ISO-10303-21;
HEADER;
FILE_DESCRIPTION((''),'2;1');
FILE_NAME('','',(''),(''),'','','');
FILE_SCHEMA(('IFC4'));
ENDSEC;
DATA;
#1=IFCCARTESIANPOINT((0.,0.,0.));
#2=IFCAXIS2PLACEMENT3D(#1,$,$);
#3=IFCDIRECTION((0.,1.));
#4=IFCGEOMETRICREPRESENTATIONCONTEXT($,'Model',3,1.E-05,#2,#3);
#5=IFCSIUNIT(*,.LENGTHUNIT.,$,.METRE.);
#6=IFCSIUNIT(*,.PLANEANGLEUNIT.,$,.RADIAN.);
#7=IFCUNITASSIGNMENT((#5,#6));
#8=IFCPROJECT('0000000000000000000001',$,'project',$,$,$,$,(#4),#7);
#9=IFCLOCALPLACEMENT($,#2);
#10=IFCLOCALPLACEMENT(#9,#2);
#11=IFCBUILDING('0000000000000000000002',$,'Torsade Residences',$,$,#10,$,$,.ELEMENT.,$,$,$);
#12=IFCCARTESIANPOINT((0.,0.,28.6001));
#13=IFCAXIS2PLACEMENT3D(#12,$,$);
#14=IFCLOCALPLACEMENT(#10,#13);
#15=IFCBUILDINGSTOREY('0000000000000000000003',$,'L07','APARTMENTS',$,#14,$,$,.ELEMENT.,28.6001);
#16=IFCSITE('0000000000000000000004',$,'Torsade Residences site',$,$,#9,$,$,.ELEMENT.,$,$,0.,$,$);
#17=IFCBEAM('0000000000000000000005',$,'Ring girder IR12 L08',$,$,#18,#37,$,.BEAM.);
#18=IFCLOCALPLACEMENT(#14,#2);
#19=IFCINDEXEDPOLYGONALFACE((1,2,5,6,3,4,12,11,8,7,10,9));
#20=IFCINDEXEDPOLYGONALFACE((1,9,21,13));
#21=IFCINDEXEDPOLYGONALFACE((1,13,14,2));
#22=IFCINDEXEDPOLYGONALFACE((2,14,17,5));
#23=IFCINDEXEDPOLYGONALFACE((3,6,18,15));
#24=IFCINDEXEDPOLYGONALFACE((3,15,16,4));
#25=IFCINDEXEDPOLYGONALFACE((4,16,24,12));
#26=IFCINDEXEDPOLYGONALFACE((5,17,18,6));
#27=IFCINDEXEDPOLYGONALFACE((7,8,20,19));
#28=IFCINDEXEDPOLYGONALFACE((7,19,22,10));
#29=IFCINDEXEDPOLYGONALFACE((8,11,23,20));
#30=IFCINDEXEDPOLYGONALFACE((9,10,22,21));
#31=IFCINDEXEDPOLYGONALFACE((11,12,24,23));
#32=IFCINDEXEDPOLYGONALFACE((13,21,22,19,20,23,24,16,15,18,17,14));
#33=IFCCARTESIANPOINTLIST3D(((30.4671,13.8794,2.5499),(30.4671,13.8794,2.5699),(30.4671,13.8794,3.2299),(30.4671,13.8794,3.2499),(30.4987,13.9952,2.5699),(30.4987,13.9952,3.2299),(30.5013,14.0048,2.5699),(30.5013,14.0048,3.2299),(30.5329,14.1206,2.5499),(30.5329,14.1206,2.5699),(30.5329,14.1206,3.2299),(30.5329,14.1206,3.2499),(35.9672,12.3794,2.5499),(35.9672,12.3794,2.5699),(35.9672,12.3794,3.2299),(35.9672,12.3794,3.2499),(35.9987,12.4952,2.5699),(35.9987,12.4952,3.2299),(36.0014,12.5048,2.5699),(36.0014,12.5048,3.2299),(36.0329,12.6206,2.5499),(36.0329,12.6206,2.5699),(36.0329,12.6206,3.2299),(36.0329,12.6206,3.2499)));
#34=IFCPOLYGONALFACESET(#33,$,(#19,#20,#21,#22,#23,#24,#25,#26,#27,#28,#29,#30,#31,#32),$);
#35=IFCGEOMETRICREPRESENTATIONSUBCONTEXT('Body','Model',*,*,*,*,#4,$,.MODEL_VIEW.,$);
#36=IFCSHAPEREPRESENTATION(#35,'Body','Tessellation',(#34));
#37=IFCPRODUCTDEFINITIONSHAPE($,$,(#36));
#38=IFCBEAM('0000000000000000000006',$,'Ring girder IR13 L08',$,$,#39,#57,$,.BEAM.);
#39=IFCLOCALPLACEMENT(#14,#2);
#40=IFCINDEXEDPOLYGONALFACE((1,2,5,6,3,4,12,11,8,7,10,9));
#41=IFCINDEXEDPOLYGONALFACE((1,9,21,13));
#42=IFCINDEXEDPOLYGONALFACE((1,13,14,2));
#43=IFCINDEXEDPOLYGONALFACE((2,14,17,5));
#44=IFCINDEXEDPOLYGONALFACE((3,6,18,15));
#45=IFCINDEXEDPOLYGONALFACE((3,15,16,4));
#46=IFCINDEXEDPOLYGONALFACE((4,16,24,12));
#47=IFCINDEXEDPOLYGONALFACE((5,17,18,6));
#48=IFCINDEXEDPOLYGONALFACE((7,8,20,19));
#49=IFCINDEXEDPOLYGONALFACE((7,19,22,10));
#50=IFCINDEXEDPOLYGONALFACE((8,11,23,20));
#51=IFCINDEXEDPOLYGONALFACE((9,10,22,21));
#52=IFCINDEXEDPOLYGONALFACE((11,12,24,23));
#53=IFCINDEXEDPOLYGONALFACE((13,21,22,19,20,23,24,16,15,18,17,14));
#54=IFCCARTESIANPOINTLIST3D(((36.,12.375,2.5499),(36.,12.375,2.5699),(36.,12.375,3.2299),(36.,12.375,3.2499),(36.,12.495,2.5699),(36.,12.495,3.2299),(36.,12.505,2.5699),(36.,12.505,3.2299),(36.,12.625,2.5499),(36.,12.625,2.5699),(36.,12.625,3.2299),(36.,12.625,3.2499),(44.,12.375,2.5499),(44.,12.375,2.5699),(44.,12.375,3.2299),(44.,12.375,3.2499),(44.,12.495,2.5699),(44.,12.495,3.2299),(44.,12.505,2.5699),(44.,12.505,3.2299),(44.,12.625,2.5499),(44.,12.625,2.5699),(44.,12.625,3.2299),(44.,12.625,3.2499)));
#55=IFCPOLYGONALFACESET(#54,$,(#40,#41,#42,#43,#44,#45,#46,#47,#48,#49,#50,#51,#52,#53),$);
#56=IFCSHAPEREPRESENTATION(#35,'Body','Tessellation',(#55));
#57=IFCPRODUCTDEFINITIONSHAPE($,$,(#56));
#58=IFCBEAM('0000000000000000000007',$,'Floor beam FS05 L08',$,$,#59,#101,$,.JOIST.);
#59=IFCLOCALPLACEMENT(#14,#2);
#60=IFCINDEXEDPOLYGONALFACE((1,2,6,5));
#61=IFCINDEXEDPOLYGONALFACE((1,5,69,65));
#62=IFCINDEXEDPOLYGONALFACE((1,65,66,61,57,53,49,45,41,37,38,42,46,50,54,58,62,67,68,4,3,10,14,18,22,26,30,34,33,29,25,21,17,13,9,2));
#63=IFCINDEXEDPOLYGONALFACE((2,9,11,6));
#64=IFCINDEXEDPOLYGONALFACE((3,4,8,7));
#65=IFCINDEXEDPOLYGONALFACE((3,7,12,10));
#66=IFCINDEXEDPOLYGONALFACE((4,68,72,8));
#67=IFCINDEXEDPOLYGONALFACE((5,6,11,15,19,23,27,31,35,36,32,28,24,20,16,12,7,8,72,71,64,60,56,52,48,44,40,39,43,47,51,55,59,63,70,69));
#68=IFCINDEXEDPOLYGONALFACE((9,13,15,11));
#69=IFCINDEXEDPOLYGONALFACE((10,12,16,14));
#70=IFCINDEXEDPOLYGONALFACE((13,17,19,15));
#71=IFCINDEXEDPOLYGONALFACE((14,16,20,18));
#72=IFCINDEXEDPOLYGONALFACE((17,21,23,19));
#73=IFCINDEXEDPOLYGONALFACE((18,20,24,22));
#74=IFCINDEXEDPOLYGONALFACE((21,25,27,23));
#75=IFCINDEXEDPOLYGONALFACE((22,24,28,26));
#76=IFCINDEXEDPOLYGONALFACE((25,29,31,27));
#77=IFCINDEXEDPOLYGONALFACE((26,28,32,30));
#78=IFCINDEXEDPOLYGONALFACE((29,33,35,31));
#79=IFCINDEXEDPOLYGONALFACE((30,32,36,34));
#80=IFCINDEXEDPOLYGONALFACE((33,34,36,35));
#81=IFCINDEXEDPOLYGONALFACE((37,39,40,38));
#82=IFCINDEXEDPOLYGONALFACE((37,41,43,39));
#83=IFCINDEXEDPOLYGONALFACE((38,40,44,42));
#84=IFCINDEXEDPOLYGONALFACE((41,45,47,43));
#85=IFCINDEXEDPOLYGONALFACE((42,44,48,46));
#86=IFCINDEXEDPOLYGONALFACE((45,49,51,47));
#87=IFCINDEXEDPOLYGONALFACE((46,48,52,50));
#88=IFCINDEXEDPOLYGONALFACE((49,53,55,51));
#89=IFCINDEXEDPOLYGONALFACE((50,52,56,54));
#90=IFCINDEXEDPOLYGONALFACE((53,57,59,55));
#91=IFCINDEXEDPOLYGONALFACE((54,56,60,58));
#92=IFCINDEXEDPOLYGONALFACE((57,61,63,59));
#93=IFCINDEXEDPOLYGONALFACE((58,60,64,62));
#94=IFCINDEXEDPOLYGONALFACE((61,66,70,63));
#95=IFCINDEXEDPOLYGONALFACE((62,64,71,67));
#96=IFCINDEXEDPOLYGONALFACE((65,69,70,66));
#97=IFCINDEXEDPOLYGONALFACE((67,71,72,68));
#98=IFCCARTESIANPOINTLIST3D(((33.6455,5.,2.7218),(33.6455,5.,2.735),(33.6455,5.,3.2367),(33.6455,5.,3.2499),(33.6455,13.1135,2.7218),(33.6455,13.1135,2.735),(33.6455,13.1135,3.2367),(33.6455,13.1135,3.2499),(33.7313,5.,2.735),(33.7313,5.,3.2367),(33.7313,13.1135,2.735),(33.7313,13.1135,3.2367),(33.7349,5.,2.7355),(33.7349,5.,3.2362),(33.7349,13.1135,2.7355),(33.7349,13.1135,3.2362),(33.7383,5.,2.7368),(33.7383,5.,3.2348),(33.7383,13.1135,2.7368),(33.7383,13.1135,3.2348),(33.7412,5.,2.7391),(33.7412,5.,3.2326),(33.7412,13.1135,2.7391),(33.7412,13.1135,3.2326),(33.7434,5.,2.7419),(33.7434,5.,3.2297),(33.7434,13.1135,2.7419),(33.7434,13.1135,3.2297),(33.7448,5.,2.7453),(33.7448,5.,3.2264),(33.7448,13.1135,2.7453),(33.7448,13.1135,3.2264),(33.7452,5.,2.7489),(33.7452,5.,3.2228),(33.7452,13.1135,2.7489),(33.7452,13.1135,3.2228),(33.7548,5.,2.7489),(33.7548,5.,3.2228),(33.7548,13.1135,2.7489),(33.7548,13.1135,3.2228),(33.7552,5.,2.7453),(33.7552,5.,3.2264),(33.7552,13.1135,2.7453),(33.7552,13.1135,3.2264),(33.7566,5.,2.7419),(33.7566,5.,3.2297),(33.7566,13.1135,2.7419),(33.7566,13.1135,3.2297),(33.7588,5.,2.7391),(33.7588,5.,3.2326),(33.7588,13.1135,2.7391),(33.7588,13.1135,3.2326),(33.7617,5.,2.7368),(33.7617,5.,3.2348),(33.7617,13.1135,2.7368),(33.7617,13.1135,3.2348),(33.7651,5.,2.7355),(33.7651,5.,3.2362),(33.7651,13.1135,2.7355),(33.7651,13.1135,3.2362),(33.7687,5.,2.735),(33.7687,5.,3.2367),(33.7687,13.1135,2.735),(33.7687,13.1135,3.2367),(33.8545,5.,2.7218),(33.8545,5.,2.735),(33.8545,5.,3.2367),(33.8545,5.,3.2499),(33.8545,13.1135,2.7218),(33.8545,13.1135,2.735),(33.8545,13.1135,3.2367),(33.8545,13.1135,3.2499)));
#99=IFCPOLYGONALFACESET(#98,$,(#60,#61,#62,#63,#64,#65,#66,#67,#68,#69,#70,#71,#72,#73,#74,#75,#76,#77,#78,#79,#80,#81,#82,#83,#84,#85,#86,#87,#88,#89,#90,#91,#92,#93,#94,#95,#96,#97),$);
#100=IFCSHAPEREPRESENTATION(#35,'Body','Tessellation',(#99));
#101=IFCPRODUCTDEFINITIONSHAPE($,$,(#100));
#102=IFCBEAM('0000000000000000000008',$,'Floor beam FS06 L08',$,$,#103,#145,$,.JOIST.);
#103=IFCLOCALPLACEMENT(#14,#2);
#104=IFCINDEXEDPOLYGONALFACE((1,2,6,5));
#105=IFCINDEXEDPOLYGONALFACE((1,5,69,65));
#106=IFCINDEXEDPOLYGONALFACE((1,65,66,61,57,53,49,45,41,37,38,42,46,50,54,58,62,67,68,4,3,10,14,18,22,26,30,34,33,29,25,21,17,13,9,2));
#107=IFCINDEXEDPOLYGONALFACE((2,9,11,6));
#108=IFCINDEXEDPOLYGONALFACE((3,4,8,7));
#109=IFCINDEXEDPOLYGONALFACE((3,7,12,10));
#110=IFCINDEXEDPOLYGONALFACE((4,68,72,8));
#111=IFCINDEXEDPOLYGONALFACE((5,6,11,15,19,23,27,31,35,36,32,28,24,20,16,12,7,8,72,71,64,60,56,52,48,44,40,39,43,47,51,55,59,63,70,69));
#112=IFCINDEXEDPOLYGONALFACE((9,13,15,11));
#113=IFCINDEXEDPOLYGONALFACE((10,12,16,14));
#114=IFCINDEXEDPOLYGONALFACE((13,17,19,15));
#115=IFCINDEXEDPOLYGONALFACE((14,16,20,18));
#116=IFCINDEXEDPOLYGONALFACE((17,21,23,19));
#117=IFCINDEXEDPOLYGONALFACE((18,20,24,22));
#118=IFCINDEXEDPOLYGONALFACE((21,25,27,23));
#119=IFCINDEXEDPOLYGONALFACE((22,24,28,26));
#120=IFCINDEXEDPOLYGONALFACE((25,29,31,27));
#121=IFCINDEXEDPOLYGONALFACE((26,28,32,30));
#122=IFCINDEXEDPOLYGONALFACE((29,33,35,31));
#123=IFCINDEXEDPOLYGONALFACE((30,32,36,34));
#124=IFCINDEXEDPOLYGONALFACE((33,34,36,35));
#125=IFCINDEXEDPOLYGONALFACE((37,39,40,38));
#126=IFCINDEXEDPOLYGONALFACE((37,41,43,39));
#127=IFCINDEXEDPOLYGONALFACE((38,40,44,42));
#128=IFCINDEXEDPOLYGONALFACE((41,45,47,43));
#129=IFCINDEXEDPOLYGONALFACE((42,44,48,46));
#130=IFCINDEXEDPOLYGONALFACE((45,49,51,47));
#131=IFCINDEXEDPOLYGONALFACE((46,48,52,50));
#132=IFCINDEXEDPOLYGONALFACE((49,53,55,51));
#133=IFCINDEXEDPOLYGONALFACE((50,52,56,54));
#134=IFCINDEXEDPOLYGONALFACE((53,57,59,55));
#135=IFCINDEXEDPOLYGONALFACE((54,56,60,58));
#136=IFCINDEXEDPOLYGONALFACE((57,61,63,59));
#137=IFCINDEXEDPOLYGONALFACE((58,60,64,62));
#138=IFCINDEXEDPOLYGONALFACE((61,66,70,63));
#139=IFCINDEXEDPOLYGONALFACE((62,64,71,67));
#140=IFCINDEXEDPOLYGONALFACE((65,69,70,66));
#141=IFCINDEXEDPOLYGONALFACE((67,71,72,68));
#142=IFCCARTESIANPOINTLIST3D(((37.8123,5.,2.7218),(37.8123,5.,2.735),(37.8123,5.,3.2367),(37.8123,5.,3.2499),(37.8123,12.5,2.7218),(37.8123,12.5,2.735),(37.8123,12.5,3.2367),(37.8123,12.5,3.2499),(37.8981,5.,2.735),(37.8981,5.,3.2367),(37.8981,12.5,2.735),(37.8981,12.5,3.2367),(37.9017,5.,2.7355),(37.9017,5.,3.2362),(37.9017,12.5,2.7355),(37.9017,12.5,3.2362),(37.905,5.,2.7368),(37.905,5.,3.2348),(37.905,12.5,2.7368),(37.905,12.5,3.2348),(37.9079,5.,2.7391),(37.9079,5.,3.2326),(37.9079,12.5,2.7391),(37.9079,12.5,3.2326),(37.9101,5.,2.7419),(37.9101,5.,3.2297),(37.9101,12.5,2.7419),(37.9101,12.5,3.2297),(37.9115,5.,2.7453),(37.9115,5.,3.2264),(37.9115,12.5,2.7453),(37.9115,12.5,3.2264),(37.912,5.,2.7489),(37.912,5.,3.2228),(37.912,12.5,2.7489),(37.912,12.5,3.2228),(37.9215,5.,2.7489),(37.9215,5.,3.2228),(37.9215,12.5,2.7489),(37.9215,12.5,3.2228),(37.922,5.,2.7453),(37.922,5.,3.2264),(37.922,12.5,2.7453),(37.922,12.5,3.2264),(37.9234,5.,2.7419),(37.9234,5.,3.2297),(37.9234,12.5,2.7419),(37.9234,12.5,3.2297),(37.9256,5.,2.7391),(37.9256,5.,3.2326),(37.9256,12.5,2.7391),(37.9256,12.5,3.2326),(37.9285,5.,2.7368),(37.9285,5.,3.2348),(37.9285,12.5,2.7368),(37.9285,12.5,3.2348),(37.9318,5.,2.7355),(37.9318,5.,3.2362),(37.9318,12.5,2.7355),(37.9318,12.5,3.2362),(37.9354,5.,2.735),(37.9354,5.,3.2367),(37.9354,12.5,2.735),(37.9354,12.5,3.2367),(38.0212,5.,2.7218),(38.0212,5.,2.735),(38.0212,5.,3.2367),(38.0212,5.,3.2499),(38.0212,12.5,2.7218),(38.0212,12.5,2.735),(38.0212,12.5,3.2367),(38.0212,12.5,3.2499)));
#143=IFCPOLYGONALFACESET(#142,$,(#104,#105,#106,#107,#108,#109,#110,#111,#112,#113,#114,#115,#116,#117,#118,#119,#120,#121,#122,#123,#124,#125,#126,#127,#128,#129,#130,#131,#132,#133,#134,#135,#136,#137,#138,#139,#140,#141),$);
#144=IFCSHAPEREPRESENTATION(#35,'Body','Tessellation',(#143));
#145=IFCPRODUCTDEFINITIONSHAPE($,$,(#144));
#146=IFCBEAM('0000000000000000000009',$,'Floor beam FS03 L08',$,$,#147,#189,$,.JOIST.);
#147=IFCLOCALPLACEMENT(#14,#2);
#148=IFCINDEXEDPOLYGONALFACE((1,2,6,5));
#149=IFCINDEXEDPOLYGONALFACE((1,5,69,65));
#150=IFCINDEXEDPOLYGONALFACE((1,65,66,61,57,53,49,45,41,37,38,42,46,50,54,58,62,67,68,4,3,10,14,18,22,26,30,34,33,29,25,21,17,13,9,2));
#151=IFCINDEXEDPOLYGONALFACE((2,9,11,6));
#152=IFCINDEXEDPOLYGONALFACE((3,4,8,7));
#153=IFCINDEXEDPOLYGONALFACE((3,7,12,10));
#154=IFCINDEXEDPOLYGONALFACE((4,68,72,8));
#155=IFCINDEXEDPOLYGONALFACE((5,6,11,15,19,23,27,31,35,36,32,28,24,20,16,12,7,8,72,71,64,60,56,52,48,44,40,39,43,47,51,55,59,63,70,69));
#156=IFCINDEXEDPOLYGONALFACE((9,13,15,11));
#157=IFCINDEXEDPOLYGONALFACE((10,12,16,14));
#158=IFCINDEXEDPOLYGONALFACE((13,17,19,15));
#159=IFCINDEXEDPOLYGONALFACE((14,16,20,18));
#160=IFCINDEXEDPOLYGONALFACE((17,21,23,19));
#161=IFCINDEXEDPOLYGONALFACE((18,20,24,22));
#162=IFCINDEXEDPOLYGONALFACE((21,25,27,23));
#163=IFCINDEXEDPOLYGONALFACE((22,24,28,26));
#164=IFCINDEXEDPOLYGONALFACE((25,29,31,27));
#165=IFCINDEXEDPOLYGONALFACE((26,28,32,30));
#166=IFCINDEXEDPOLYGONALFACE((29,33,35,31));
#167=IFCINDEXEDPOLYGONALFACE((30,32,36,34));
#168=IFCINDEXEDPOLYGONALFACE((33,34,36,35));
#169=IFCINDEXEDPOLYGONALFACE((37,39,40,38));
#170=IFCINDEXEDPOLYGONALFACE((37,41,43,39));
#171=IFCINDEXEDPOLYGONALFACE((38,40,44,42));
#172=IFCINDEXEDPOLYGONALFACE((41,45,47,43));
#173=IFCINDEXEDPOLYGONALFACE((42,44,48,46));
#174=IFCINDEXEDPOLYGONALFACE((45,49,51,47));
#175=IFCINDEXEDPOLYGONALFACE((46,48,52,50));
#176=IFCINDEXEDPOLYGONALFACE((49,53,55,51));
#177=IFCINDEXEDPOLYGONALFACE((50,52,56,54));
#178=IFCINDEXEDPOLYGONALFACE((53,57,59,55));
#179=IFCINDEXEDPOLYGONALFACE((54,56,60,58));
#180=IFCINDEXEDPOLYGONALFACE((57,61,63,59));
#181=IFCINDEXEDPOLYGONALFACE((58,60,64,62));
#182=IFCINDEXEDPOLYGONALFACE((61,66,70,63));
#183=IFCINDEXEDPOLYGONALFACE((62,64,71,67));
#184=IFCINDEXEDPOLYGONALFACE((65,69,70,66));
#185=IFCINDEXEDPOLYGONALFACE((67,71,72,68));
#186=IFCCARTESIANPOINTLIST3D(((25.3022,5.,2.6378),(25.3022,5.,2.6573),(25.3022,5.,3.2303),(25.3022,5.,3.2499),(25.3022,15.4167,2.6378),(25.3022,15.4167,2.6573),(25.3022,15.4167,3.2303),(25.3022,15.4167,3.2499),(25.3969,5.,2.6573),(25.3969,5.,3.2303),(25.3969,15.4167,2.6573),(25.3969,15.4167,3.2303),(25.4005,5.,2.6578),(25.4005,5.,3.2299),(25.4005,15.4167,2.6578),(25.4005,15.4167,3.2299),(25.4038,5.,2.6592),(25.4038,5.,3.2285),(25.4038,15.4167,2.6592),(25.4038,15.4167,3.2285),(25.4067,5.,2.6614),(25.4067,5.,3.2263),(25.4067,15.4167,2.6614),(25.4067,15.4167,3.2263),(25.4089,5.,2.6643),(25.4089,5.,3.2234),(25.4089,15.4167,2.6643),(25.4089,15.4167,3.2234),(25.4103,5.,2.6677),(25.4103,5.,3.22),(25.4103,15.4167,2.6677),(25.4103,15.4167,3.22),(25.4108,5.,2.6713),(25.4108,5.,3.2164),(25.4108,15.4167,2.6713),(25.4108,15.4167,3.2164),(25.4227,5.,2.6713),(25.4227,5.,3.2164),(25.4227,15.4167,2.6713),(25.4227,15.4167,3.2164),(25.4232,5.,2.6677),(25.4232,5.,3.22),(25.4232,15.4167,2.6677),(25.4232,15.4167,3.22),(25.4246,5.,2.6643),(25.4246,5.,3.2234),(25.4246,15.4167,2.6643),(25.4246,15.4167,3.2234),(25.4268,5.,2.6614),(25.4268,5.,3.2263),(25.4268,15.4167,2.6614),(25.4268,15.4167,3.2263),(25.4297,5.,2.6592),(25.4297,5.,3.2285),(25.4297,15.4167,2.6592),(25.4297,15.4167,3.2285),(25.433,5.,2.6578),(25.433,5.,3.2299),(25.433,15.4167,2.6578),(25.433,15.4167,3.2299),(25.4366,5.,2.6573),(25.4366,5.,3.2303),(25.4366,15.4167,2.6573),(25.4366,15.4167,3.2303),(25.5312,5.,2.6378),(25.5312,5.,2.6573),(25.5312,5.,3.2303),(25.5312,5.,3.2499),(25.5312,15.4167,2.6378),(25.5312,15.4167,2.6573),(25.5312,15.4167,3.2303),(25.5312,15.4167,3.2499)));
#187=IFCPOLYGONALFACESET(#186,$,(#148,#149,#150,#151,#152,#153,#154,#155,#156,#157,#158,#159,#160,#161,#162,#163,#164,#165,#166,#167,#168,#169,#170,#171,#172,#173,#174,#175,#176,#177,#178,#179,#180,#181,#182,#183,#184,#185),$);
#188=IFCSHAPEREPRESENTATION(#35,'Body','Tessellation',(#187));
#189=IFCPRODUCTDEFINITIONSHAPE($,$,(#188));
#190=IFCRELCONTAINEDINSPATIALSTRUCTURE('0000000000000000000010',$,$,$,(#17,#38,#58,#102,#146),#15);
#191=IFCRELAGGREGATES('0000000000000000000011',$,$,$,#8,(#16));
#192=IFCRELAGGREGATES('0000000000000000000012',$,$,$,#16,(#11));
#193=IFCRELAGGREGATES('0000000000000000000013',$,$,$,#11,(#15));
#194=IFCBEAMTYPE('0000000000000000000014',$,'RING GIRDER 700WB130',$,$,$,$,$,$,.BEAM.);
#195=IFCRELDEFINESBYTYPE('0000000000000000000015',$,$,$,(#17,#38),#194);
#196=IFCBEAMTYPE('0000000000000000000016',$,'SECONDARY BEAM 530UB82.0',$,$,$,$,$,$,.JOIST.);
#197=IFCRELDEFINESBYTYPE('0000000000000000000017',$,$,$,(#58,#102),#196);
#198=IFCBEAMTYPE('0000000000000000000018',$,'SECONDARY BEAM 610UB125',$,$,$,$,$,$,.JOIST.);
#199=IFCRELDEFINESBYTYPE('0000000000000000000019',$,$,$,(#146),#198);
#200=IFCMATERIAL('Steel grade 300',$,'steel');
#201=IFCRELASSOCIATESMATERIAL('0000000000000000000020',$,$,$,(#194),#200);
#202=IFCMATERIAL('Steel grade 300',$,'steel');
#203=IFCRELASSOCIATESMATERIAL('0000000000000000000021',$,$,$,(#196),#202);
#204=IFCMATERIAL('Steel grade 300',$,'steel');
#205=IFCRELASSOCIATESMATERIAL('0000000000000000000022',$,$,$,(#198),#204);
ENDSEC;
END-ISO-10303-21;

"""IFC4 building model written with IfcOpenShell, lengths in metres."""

from ifc_helpers import new_model, si_unit, direction, frame, origin, origin_2d, place, context, subcontext, project, spatial, i_section, extrude, material, material_profile, profile_set, type_object, element, save


model = new_model("IFC4")

# Units and contexts
model_context = context("Model", 3, precision=1e-05, world=origin(), true_north=direction((0.0, 1.0)))
body_context = subcontext(model_context, "Body", "Model", "MODEL_VIEW")
ifc_project = project(units=[si_unit("LENGTHUNIT", "METRE"), si_unit("PLANEANGLEUNIT", "RADIAN")], contexts=[model_context])

# Site, building, storey
site_placement = place(None, origin())
site = spatial("IfcSite", under=ifc_project, at=site_placement, Name="Torsade Residences site", CompositionType="ELEMENT", RefElevation=0.0)
building_placement = place(site_placement, origin())
building = spatial("IfcBuilding", under=site, at=building_placement, Name="Torsade Residences", CompositionType="ELEMENT")
storey_placement = place(building_placement, frame((0.0, 0.0, 28.6001)))
storey = spatial("IfcBuildingStorey", under=building, at=storey_placement, Name="L07", Description="APARTMENTS", CompositionType="ELEMENT", Elevation=28.6001)

# Beams
ifc_material_1 = material(Name="Steel grade 300", Category="steel")
ifc_material_profile_1 = material_profile(ifc_material_1, i_section(OverallWidth=0.25, OverallDepth=0.7, WebThickness=0.01, FlangeThickness=0.02, at=origin_2d()), Name="700WB130")
ifc_profile_set_1 = profile_set([ifc_material_profile_1], Name="Steel grade 300")
beam_type_1 = type_object("IfcBeamType", Name="RING GIRDER 700WB130", PredefinedType="BEAM", material=ifc_profile_set_1)
beam_1_placement = place(storey_placement, frame((30.5, 14.0, 2.8999), z_axis=(0.964764, -0.263117, 0.0), x_axis=(0.263117, 0.964764, 0.0)))
element("IfcBeam", 1, at=beam_1_placement, inside=storey, type_object=beam_type_1, Name="Ring girder IR12 L08", PredefinedType="BEAM", context=body_context, shape_type="SweptSolid", body=[
    extrude(i_section(OverallWidth=0.25, OverallDepth=0.7, WebThickness=0.01, FlangeThickness=0.02, at=origin_2d()), origin(), (0.0, 0.0, 1.0), 5.7009),
])
beam_2_placement = place(storey_placement, frame((36.0, 12.5, 2.8999), z_axis=(1.0, 0.0, 0.0), x_axis=(0.0, 1.0, 0.0)))
element("IfcBeam", 2, at=beam_2_placement, inside=storey, type_object=beam_type_1, Name="Ring girder IR13 L08", PredefinedType="BEAM", context=body_context, shape_type="SweptSolid", body=[
    extrude(i_section(OverallWidth=0.25, OverallDepth=0.7, WebThickness=0.01, FlangeThickness=0.02, at=origin_2d()), origin(), (0.0, 0.0, 1.0), 8.0),
])
ifc_material_2 = material(Name="Steel grade 300", Category="steel")
ifc_material_profile_2 = material_profile(ifc_material_2, i_section(OverallWidth=0.209, OverallDepth=0.5281, WebThickness=0.0095, FlangeThickness=0.0132, FilletRadius=0.0139, at=origin_2d()), Name="530UB82.0")
ifc_profile_set_2 = profile_set([ifc_material_profile_2], Name="Steel grade 300")
beam_type_2 = type_object("IfcBeamType", Name="SECONDARY BEAM 530UB82.0", PredefinedType="JOIST", material=ifc_profile_set_2)
beam_3_placement = place(storey_placement, frame((33.75, 5.0, 2.9858), z_axis=(0.0, 1.0, 0.0), x_axis=(-1.0, 0.0, 0.0)))
element("IfcBeam", 3, at=beam_3_placement, inside=storey, type_object=beam_type_2, Name="Floor beam FS05 L08", PredefinedType="JOIST", context=body_context, shape_type="SweptSolid", body=[
    extrude(i_section(OverallWidth=0.209, OverallDepth=0.5281, WebThickness=0.0095, FlangeThickness=0.0132, FilletRadius=0.0139, at=origin_2d()), origin(), (0.0, 0.0, 1.0), 8.1135),
])
beam_4_placement = place(storey_placement, frame((37.9167, 5.0, 2.9858), z_axis=(0.0, 1.0, 0.0), x_axis=(-1.0, 0.0, 0.0)))
element("IfcBeam", 4, at=beam_4_placement, inside=storey, type_object=beam_type_2, Name="Floor beam FS06 L08", PredefinedType="JOIST", context=body_context, shape_type="SweptSolid", body=[
    extrude(i_section(OverallWidth=0.209, OverallDepth=0.5281, WebThickness=0.0095, FlangeThickness=0.0132, FilletRadius=0.0139, at=origin_2d()), origin(), (0.0, 0.0, 1.0), 7.5),
])
ifc_material_3 = material(Name="Steel grade 300", Category="steel")
ifc_material_profile_3 = material_profile(ifc_material_3, i_section(OverallWidth=0.229, OverallDepth=0.6121, WebThickness=0.012, FlangeThickness=0.0195, FilletRadius=0.0139, at=origin_2d()), Name="610UB125")
ifc_profile_set_3 = profile_set([ifc_material_profile_3], Name="Steel grade 300")
beam_type_3 = type_object("IfcBeamType", Name="SECONDARY BEAM 610UB125", PredefinedType="JOIST", material=ifc_profile_set_3)
beam_5_placement = place(storey_placement, frame((25.4167, 5.0, 2.9438), z_axis=(0.0, 1.0, 0.0), x_axis=(-1.0, 0.0, 0.0)))
element("IfcBeam", 5, at=beam_5_placement, inside=storey, type_object=beam_type_3, Name="Floor beam FS03 L08", PredefinedType="JOIST", context=body_context, shape_type="SweptSolid", body=[
    extrude(i_section(OverallWidth=0.229, OverallDepth=0.6121, WebThickness=0.012, FlangeThickness=0.0195, FilletRadius=0.0139, at=origin_2d()), origin(), (0.0, 0.0, 1.0), 10.4167),
])

save(model, "model.ifc")
